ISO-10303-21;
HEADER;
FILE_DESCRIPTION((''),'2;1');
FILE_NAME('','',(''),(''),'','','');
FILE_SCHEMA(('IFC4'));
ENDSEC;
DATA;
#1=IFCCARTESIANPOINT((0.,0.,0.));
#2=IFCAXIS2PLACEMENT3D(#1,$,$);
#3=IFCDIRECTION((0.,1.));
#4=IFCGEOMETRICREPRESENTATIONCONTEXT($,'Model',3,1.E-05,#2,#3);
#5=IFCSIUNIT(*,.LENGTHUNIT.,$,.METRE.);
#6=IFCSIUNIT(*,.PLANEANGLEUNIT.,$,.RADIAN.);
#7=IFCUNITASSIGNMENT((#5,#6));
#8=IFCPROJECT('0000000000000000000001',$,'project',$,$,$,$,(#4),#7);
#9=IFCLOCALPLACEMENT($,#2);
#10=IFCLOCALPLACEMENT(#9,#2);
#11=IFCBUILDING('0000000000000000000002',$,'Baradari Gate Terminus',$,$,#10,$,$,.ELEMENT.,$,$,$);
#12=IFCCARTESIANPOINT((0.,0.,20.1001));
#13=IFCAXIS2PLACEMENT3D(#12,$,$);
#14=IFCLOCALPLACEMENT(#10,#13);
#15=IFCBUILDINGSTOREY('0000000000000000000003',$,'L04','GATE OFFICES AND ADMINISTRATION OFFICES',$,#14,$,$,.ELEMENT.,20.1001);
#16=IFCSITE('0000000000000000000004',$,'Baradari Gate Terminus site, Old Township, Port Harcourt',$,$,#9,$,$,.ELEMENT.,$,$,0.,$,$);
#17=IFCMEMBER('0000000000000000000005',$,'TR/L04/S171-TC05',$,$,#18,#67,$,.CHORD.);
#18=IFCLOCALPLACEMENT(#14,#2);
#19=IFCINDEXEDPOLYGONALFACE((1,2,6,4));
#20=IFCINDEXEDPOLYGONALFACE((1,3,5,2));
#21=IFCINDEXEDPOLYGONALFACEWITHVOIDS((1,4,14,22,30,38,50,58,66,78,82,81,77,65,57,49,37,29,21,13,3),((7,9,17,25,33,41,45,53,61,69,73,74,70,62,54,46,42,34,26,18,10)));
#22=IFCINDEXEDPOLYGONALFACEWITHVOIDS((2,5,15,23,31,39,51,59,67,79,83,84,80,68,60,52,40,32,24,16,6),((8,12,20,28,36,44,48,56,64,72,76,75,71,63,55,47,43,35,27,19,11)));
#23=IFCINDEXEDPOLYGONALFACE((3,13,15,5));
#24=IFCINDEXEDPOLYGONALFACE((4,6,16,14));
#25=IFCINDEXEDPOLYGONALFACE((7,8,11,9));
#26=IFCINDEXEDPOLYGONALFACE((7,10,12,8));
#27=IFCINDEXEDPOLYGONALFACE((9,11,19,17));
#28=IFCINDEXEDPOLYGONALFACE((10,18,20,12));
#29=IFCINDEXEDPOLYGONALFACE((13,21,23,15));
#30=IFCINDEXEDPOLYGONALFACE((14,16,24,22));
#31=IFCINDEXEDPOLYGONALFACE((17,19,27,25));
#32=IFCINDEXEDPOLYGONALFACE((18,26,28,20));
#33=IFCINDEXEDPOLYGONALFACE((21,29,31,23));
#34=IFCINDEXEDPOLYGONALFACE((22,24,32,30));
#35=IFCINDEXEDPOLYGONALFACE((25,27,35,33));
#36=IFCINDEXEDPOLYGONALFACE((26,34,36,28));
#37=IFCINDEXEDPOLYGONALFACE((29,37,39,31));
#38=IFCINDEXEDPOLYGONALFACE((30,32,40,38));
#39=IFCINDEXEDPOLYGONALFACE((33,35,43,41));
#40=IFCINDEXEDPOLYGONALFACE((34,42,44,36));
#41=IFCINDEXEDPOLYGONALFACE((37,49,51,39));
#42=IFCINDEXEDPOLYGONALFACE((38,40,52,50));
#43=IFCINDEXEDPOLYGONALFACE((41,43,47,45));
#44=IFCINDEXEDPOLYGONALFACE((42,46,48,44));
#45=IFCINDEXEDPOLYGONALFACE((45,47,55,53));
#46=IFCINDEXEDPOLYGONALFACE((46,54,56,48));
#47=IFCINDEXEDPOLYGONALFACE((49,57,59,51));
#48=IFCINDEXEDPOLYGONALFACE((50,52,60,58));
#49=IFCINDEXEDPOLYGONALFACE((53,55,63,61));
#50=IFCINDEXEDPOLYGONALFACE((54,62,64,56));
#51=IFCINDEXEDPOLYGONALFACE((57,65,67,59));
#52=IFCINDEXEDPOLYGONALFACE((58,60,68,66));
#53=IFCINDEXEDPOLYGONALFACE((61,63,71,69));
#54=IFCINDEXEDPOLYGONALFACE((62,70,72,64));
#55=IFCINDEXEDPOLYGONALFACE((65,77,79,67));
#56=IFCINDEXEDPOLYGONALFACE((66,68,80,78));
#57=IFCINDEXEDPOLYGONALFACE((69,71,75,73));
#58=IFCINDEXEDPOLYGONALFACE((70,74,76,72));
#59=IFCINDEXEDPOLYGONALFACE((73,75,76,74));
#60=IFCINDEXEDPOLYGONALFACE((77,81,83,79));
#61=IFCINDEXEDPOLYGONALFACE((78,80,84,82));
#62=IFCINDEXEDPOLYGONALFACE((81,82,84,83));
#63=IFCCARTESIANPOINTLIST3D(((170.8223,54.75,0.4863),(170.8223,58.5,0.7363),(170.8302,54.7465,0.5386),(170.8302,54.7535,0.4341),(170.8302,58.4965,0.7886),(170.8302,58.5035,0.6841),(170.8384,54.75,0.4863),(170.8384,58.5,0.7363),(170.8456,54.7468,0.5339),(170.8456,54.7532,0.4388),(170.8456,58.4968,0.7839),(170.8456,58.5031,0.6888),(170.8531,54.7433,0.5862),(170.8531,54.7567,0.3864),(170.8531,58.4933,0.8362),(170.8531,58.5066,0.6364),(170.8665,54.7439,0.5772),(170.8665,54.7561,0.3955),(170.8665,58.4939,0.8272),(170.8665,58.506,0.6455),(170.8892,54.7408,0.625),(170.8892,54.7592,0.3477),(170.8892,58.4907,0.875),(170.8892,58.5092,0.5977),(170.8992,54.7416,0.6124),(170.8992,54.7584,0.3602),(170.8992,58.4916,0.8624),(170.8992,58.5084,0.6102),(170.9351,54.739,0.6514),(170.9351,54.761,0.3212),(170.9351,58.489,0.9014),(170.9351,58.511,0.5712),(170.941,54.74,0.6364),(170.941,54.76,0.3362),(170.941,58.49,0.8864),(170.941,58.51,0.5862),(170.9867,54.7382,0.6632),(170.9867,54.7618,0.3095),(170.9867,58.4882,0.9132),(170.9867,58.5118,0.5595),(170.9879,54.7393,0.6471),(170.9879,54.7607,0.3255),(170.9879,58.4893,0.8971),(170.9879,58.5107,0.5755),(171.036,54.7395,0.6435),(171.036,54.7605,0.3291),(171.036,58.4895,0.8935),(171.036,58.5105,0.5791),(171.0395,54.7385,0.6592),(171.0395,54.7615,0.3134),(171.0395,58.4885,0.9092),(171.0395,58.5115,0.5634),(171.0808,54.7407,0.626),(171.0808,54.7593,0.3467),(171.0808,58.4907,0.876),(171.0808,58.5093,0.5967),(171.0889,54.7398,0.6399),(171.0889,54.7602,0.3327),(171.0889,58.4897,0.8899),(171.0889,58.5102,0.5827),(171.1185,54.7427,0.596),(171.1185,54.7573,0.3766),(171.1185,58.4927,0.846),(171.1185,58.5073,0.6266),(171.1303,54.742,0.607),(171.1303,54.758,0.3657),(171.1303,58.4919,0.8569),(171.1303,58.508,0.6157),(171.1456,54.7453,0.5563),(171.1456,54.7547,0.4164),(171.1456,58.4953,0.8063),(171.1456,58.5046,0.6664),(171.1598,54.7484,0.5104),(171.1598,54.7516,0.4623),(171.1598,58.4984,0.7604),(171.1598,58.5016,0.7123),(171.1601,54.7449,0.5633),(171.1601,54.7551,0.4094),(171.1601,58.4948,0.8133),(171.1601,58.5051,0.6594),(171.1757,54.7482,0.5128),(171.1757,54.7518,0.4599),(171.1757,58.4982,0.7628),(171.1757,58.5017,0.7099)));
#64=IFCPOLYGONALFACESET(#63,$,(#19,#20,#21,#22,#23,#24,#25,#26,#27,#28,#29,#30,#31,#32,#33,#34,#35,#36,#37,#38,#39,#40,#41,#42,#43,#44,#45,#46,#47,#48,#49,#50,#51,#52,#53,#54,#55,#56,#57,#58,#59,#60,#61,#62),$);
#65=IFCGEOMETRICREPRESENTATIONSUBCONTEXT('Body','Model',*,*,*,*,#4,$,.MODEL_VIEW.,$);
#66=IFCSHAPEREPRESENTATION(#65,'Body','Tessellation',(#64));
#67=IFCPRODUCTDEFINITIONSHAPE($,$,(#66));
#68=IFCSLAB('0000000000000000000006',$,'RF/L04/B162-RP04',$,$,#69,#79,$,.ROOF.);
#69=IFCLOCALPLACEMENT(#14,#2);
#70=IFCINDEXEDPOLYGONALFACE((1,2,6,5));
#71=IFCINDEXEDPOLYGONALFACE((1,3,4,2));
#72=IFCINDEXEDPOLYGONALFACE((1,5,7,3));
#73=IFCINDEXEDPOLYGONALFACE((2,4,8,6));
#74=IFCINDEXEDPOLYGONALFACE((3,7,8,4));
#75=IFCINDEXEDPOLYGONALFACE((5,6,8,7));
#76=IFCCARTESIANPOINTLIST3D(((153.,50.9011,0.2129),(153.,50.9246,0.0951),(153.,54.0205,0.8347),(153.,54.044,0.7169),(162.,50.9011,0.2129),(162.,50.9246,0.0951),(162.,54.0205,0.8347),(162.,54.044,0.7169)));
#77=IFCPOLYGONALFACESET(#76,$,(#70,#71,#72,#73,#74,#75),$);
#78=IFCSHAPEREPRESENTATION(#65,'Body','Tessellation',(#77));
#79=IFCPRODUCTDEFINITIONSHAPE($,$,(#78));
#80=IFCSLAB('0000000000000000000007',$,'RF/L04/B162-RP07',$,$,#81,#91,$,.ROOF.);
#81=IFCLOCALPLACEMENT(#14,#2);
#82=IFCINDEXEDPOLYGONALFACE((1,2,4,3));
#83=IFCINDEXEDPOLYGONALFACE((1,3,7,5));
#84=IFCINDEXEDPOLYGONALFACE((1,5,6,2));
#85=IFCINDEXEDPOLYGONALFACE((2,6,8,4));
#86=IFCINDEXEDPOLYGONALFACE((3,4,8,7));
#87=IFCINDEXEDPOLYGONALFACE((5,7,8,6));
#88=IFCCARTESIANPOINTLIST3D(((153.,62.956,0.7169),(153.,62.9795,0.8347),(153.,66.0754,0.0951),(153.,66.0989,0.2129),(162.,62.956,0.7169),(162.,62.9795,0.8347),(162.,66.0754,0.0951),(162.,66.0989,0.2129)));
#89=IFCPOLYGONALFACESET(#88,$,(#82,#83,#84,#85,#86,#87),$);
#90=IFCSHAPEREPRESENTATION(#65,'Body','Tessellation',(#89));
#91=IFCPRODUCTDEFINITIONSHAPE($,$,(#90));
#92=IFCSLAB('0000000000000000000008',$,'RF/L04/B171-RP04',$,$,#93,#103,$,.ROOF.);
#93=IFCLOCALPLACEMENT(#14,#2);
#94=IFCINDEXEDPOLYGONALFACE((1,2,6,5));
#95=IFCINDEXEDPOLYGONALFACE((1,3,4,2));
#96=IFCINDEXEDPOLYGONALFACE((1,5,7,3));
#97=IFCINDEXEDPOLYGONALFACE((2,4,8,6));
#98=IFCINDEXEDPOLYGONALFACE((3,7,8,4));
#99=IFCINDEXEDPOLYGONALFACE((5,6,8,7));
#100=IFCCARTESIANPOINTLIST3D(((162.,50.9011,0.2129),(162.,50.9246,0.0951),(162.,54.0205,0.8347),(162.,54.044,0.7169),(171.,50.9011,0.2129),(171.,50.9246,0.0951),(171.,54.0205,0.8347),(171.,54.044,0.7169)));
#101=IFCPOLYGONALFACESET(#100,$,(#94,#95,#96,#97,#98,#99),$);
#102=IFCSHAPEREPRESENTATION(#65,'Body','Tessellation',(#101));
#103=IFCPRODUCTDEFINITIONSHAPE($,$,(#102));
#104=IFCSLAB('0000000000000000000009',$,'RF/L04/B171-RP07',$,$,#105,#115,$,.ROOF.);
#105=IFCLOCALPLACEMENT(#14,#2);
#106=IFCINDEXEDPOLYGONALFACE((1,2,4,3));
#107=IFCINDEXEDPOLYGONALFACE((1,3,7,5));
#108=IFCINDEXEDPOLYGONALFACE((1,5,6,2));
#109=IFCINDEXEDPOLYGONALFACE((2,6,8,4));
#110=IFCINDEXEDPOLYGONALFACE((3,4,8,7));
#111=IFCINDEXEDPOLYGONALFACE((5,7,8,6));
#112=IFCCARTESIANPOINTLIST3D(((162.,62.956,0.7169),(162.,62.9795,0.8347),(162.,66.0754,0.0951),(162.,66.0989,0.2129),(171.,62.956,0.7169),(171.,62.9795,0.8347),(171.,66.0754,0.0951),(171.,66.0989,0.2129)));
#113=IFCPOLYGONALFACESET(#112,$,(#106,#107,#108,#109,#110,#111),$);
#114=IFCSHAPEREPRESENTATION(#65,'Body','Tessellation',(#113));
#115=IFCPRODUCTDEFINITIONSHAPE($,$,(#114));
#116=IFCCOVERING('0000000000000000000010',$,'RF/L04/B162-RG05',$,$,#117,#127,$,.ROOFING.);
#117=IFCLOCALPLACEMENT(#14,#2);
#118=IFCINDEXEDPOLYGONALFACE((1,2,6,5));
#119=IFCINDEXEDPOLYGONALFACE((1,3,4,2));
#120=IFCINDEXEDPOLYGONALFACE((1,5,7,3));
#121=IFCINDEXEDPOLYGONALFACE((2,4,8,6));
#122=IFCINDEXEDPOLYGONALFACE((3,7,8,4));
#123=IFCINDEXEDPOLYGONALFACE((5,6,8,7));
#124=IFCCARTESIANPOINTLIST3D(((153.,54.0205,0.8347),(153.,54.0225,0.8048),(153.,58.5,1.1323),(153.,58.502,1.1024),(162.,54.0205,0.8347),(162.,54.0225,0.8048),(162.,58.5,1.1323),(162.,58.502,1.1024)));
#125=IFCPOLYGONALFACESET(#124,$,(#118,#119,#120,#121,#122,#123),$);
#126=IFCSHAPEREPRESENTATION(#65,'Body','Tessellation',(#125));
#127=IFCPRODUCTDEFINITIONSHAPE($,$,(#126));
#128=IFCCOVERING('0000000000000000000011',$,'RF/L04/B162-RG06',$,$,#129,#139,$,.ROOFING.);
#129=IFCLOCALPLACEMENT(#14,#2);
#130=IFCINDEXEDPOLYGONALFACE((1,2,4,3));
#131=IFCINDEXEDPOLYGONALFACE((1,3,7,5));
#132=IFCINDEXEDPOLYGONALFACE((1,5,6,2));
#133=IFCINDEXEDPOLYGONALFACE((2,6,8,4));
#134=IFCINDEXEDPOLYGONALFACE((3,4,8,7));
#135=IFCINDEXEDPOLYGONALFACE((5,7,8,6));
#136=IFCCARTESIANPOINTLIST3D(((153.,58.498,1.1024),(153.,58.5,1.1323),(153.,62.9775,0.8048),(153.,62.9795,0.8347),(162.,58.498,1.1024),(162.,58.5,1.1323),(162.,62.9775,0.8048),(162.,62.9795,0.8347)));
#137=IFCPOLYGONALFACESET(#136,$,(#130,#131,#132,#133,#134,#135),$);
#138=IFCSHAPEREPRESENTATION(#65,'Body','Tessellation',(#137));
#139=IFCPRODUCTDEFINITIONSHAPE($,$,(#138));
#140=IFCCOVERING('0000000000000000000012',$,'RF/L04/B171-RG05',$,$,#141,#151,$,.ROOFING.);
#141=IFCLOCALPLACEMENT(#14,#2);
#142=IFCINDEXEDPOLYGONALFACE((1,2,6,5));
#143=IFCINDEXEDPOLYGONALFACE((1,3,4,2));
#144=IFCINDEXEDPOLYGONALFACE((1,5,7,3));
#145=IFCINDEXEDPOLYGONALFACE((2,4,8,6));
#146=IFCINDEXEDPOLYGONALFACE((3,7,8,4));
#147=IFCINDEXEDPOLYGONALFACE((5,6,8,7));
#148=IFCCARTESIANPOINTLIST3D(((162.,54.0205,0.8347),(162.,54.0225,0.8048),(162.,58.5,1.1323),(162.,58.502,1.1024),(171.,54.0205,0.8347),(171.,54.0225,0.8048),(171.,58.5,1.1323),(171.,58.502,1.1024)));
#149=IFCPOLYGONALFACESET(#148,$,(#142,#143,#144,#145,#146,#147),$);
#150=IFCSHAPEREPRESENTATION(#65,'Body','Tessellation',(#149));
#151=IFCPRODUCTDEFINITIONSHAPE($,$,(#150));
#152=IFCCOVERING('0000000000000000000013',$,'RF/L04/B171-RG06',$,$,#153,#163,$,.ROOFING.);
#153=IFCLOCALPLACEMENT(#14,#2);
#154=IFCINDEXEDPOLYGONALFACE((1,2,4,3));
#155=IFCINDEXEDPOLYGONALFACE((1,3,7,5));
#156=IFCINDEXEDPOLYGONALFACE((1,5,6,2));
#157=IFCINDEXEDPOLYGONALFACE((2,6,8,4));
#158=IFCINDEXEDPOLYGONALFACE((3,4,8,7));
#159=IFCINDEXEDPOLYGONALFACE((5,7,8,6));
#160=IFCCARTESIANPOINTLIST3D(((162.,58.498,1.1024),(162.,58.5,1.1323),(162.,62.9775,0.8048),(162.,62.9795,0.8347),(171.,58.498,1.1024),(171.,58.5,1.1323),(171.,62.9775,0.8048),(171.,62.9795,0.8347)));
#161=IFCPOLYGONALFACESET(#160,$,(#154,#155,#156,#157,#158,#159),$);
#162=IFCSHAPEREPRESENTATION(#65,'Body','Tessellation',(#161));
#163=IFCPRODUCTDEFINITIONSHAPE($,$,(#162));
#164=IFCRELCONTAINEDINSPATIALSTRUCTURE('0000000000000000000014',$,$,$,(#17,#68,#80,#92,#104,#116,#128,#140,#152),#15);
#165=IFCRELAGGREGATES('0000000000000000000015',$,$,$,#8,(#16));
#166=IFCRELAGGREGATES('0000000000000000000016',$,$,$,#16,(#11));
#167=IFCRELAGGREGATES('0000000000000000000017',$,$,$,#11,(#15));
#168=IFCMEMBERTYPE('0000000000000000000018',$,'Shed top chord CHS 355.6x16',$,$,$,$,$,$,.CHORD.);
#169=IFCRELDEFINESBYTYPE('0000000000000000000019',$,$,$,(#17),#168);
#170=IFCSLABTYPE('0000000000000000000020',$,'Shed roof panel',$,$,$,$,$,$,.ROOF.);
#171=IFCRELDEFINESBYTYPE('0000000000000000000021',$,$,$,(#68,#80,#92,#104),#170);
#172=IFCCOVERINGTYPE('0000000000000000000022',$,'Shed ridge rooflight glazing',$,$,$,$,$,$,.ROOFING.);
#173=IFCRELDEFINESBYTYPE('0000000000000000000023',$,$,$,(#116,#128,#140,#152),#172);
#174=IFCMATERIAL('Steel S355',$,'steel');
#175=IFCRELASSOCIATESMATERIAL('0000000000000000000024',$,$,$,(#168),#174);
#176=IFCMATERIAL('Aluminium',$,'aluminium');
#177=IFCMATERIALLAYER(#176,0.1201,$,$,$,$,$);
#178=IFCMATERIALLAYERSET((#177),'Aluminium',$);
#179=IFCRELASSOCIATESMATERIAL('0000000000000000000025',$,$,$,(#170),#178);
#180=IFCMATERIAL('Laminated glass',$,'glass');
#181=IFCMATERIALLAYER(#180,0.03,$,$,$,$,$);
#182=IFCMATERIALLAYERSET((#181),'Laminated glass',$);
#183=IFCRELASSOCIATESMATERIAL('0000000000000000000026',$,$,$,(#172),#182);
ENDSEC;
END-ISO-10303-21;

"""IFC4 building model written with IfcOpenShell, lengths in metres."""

from ifc_helpers import new_model, si_unit, direction, frame, origin, origin_2d, place, context, subcontext, project, spatial, polyline, hollow_circle, outline, extrude, material, layer, layer_set, material_profile, profile_set, type_object, element, save


model = new_model("IFC4")

# Units and contexts
model_context = context("Model", 3, precision=1e-05, world=origin(), true_north=direction((0.0, 1.0)))
body_context = subcontext(model_context, "Body", "Model", "MODEL_VIEW")
ifc_project = project(units=[si_unit("LENGTHUNIT", "METRE"), si_unit("PLANEANGLEUNIT", "RADIAN")], contexts=[model_context])

# Site, building, storey
site_placement = place(None, origin())
site = spatial("IfcSite", under=ifc_project, at=site_placement, Name="Baradari Gate Terminus site, Old Township, Port Harcourt", CompositionType="ELEMENT", RefElevation=0.0)
building_placement = place(site_placement, origin())
building = spatial("IfcBuilding", under=site, at=building_placement, Name="Baradari Gate Terminus", CompositionType="ELEMENT")
storey_placement = place(building_placement, frame((0.0, 0.0, 20.1001)))
storey = spatial("IfcBuildingStorey", under=building, at=storey_placement, Name="L04", Description="GATE OFFICES AND ADMINISTRATION OFFICES", CompositionType="ELEMENT", Elevation=20.1001)

# Member
ifc_material_1 = material(Name="Steel S355", Category="steel")
ifc_material_profile_1 = material_profile(ifc_material_1, hollow_circle(Radius=0.1777, WallThickness=0.0161, at=origin_2d()), Name="CHS 355.6x16")
ifc_profile_set_1 = profile_set([ifc_material_profile_1], Name="Steel S355")
member_type_1 = type_object("IfcMemberType", Name="Shed top chord CHS 355.6x16", PredefinedType="CHORD", material=ifc_profile_set_1)
member_1_placement = place(storey_placement, frame((171.0, 54.75, 0.4863), z_axis=(0.0, 0.997785, 0.066519), x_axis=(-1.0, 0.0, 0.0)))
element("IfcMember", 1, at=member_1_placement, inside=storey, type_object=member_type_1, Name="TR/L04/S171-TC05", PredefinedType="CHORD", context=body_context, shape_type="SweptSolid", body=[
    extrude(hollow_circle(Radius=0.1777, WallThickness=0.0161, at=origin_2d()), origin(), (0.0, 0.0, 1.0), 3.7583),
])

# Slabs
ifc_material_2 = material(Name="Aluminium", Category="aluminium")
ifc_layer_1 = layer(ifc_material_2, 0.1201)
ifc_layer_set_1 = layer_set([ifc_layer_1], Name="Aluminium")
slab_type = type_object("IfcSlabType", Name="Shed roof panel", PredefinedType="ROOF", material=ifc_layer_set_1)
for number, where, z_axis, x_axis, name in (
    (2, (153.0, 50.9011, 0.2129), (0.0, -0.195496, 0.980704), (1.0, 0.0, 0.0), "RF/L04/B162-RP04"),
    (3, (153.0, 62.9795, 0.8347), (0.0, 0.195496, 0.980704), (1.0, 0.0, 0.0), "RF/L04/B162-RP07"),
    (4, (162.0, 50.9011, 0.2129), (0.0, -0.195496, 0.980704), (1.0, 0.0, 0.0), "RF/L04/B171-RP04"),
    (5, (162.0, 62.9795, 0.8347), (0.0, 0.195496, 0.980704), (1.0, 0.0, 0.0), "RF/L04/B171-RP07"),
):
    element("IfcSlab", number, at=place(storey_placement, frame(where, z_axis=z_axis, x_axis=x_axis)), inside=storey, type_object=slab_type, Name=name, PredefinedType="ROOF", context=body_context, shape_type="SweptSolid", body=[
        extrude(outline(polyline([(0.0, 0.0), (9.0, 0.0), (9.0, 3.1808), (0.0, 3.1808), (0.0, 0.0)])), origin(), (0.0, 0.0, -1.0), 0.1201),
    ])

# Coverings
ifc_material_3 = material(Name="Laminated glass", Category="glass")
ifc_layer_2 = layer(ifc_material_3, 0.03)
ifc_layer_set_2 = layer_set([ifc_layer_2], Name="Laminated glass")
covering_type = type_object("IfcCoveringType", Name="Shed ridge rooflight glazing", PredefinedType="ROOFING", material=ifc_layer_set_2)
for number, where, z_axis, x_axis, name in (
    (6, (153.0, 54.0205, 0.8347), (0.0, -0.066292, 0.9978), (1.0, 0.0, 0.0), "RF/L04/B162-RG05"),
    (7, (153.0, 58.5, 1.1323), (0.0, 0.066292, 0.9978), (1.0, 0.0, 0.0), "RF/L04/B162-RG06"),
    (8, (162.0, 54.0205, 0.8347), (0.0, -0.066292, 0.9978), (1.0, 0.0, 0.0), "RF/L04/B171-RG05"),
    (9, (162.0, 58.5, 1.1323), (0.0, 0.066292, 0.9978), (1.0, 0.0, 0.0), "RF/L04/B171-RG06"),
):
    element("IfcCovering", number, at=place(storey_placement, frame(where, z_axis=z_axis, x_axis=x_axis)), inside=storey, type_object=covering_type, Name=name, PredefinedType="ROOFING", context=body_context, shape_type="SweptSolid", body=[
        extrude(outline(polyline([(0.0, 0.0), (9.0, 0.0), (9.0, 4.4894), (0.0, 4.4894), (0.0, 0.0)])), origin(), (0.0, 0.0, -1.0), 0.03),
    ])

save(model, "model.ifc")
